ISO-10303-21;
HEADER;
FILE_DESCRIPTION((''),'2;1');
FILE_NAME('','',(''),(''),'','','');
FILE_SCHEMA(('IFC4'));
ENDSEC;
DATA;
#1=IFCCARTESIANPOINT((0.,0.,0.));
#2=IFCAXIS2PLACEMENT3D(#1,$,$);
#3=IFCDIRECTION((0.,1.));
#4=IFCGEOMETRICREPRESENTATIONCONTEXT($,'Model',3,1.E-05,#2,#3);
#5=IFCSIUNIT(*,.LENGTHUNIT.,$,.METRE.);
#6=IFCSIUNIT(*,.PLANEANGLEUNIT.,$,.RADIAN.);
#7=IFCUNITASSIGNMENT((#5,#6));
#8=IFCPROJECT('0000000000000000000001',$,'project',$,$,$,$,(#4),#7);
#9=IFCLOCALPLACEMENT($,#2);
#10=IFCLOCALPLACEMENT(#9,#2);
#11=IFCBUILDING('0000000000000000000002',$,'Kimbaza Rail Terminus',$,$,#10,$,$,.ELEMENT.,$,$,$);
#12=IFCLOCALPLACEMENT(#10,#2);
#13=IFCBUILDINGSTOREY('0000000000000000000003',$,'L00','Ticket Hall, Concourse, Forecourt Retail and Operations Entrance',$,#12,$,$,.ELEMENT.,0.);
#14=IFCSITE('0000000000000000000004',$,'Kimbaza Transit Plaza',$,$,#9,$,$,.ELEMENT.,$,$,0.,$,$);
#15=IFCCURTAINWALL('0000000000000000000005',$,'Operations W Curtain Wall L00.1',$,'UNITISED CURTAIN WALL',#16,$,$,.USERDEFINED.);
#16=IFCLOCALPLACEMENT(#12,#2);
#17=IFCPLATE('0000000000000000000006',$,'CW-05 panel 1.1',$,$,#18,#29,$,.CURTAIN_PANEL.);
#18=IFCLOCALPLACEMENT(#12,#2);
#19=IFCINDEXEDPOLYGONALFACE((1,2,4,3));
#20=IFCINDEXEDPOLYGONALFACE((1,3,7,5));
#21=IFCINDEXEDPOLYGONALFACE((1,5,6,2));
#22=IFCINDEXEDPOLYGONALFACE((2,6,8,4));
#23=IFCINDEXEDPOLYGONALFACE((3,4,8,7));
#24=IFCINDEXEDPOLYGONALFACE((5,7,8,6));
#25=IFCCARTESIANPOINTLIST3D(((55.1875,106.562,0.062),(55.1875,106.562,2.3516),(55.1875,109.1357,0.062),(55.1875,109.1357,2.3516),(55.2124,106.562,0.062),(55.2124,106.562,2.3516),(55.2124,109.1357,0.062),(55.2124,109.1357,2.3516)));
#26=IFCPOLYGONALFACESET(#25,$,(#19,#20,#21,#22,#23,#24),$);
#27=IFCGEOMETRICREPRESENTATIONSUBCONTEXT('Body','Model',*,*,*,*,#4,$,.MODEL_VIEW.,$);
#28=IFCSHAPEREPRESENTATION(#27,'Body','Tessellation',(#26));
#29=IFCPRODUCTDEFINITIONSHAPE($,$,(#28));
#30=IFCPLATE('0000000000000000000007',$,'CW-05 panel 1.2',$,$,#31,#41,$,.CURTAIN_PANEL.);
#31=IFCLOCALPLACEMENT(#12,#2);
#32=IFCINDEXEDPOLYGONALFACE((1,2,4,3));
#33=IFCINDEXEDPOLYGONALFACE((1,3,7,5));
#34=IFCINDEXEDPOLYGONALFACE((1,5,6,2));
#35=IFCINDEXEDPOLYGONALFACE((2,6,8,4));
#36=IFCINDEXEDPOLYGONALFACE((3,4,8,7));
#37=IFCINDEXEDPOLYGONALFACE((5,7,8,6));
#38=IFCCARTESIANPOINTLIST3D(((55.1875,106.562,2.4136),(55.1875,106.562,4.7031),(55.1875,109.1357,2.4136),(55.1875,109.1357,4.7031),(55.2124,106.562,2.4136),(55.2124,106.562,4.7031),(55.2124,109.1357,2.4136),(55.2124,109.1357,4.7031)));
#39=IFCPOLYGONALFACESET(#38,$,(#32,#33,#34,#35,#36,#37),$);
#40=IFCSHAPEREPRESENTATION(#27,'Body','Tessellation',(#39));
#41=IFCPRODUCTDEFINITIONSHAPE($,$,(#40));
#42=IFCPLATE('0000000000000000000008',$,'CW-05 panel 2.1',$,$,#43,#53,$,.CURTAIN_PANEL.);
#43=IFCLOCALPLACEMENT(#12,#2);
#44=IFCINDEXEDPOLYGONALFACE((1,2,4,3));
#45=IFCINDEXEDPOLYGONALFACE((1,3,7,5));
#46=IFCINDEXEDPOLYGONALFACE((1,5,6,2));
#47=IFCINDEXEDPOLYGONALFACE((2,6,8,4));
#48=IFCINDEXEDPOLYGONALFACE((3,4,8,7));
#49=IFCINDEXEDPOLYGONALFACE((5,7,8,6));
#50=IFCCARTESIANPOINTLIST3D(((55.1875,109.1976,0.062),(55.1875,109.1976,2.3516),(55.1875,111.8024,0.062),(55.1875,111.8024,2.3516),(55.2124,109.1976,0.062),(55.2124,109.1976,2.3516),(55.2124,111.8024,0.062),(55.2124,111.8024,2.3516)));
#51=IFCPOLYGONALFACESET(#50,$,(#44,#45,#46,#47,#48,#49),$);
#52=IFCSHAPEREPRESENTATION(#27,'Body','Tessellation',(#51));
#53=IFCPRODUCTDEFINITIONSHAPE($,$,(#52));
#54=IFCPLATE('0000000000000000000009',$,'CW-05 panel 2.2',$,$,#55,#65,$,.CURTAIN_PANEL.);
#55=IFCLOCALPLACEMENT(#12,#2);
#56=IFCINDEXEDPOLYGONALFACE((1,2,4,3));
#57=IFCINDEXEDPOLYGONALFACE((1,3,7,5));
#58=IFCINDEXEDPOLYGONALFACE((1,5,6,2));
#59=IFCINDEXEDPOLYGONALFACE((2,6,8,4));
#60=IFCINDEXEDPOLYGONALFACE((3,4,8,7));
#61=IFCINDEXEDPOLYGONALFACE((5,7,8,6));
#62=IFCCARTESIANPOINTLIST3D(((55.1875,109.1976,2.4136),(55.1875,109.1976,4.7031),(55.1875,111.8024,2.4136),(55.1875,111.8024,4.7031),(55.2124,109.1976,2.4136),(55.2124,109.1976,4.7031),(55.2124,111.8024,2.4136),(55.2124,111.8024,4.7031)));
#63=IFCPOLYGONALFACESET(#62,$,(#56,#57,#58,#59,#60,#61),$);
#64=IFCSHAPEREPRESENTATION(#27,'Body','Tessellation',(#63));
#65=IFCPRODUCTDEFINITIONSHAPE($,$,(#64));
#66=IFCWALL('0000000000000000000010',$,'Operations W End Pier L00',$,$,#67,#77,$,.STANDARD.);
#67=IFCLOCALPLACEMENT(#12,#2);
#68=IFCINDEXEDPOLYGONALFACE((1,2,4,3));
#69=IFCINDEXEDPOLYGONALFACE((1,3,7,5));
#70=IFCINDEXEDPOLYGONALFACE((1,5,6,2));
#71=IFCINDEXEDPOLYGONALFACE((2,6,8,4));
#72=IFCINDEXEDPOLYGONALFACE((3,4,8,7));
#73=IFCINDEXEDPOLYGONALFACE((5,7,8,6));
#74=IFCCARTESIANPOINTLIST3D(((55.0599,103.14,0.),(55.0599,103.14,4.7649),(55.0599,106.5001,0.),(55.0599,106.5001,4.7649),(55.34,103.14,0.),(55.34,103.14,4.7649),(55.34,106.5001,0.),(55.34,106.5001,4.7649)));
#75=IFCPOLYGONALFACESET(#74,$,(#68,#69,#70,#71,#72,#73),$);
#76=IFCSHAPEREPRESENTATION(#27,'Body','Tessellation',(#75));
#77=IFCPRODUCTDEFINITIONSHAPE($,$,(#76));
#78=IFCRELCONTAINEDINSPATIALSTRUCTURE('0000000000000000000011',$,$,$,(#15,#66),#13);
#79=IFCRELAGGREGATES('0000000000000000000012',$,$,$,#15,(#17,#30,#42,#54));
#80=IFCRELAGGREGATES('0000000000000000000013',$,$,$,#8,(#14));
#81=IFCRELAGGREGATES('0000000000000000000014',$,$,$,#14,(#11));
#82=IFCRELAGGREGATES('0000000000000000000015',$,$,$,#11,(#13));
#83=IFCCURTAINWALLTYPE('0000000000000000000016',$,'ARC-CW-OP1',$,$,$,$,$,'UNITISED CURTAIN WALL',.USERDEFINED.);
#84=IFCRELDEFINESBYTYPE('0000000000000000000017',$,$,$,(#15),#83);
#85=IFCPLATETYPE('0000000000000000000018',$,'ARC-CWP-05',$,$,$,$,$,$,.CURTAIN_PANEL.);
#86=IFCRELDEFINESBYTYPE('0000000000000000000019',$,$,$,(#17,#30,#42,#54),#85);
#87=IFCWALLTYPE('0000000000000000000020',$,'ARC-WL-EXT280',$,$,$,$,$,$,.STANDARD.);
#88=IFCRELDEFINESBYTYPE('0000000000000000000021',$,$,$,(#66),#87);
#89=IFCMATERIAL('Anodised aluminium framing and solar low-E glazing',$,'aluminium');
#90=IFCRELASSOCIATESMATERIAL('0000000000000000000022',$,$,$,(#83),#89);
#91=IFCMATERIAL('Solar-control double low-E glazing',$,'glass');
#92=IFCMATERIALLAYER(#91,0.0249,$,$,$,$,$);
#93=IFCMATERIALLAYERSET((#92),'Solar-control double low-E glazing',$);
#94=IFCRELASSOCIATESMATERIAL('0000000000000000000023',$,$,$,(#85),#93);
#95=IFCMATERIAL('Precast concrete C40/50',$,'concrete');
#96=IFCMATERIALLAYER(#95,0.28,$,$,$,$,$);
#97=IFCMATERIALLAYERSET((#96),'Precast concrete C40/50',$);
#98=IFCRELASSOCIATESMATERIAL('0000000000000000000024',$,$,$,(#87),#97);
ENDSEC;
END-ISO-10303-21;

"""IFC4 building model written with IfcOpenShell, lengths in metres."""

from ifc_helpers import new_model, si_unit, direction, frame, frame_2d, origin, origin_2d, place, context, subcontext, project, spatial, rectangle, extrude, material, layer, layer_set, type_object, element, aggregate, save


model = new_model("IFC4")

# Units and contexts
model_context = context("Model", 3, precision=1e-05, world=origin(), true_north=direction((0.0, 1.0)))
body_context = subcontext(model_context, "Body", "Model", "MODEL_VIEW")
ifc_project = project(units=[si_unit("LENGTHUNIT", "METRE"), si_unit("PLANEANGLEUNIT", "RADIAN")], contexts=[model_context])

# Site, building, storey
site_placement = place(None, origin())
site = spatial("IfcSite", under=ifc_project, at=site_placement, Name="Kimbaza Transit Plaza", CompositionType="ELEMENT", RefElevation=0.0)
building_placement = place(site_placement, origin())
building = spatial("IfcBuilding", under=site, at=building_placement, Name="Kimbaza Rail Terminus", CompositionType="ELEMENT")
storey_placement = place(building_placement, origin())
storey = spatial("IfcBuildingStorey", under=building, at=storey_placement, Name="L00", Description="Ticket Hall, Concourse, Forecourt Retail and Operations Entrance", CompositionType="ELEMENT", Elevation=0.0)

# Curtain wall
ifc_material_1 = material(Name="Anodised aluminium framing and solar low-E glazing", Category="aluminium")
curtain_wall_type = type_object("IfcCurtainWallType", Name="ARC-CW-OP1", ElementType="UNITISED CURTAIN WALL", PredefinedType="USERDEFINED", material=ifc_material_1)
curtain_wall_1_placement = place(storey_placement, origin())
curtain_wall_1 = element("IfcCurtainWall", 1, at=curtain_wall_1_placement, inside=storey, type_object=curtain_wall_type, Name="Operations W Curtain Wall L00.1", ObjectType="UNITISED CURTAIN WALL", PredefinedType="USERDEFINED")

# Plates
ifc_material_2 = material(Name="Solar-control double low-E glazing", Category="glass")
ifc_layer_1 = layer(ifc_material_2, 0.0249)
ifc_layer_set_1 = layer_set([ifc_layer_1], Name="Solar-control double low-E glazing")
plate_type = type_object("IfcPlateType", Name="ARC-CWP-05", PredefinedType="CURTAIN_PANEL", material=ifc_layer_set_1)
plate_1_placement = place(storey_placement, frame((55.2, 107.8489, 0.062), z_axis=(0.0, 0.0, 1.0), x_axis=(0.0, 1.0, 0.0)))
plate_1 = element("IfcPlate", 2, at=plate_1_placement, type_object=plate_type, Name="CW-05 panel 1.1", PredefinedType="CURTAIN_PANEL", context=body_context, shape_type="SweptSolid", body=[
    extrude(rectangle(XDim=2.5737, YDim=0.0249, at=origin_2d()), origin(), (0.0, 0.0, 1.0), 2.2896),
])
plate_2_placement = place(storey_placement, frame((55.2, 107.8489, 2.4136), z_axis=(0.0, 0.0, 1.0), x_axis=(0.0, 1.0, 0.0)))
plate_2 = element("IfcPlate", 3, at=plate_2_placement, type_object=plate_type, Name="CW-05 panel 1.2", PredefinedType="CURTAIN_PANEL", context=body_context, shape_type="SweptSolid", body=[
    extrude(rectangle(XDim=2.5737, YDim=0.0249, at=origin_2d()), origin(), (0.0, 0.0, 1.0), 2.2896),
])
plate_3_placement = place(storey_placement, frame((55.2, 110.5, 0.062), z_axis=(0.0, 0.0, 1.0), x_axis=(0.0, 1.0, 0.0)))
plate_3 = element("IfcPlate", 4, at=plate_3_placement, type_object=plate_type, Name="CW-05 panel 2.1", PredefinedType="CURTAIN_PANEL", context=body_context, shape_type="SweptSolid", body=[
    extrude(rectangle(XDim=2.6047, YDim=0.0249, at=origin_2d()), origin(), (0.0, 0.0, 1.0), 2.2896),
])
plate_4_placement = place(storey_placement, frame((55.2, 110.5, 2.4136), z_axis=(0.0, 0.0, 1.0), x_axis=(0.0, 1.0, 0.0)))
plate_4 = element("IfcPlate", 5, at=plate_4_placement, type_object=plate_type, Name="CW-05 panel 2.2", PredefinedType="CURTAIN_PANEL", context=body_context, shape_type="SweptSolid", body=[
    extrude(rectangle(XDim=2.6047, YDim=0.0249, at=origin_2d()), origin(), (0.0, 0.0, 1.0), 2.2896),
])
aggregate(curtain_wall_1, [plate_1, plate_2, plate_3, plate_4])

# Wall
ifc_material_3 = material(Name="Precast concrete C40/50", Category="concrete")
ifc_layer_2 = layer(ifc_material_3, 0.28)
ifc_layer_set_2 = layer_set([ifc_layer_2], Name="Precast concrete C40/50")
wall_type = type_object("IfcWallType", Name="ARC-WL-EXT280", PredefinedType="STANDARD", material=ifc_layer_set_2)
wall_placement = place(storey_placement, frame((55.2, 103.1399, 0.0), z_axis=(0.0, 0.0, 1.0), x_axis=(0.0, 1.0, 0.0)))
element("IfcWall", 6, at=wall_placement, inside=storey, type_object=wall_type, Name="Operations W End Pier L00", PredefinedType="STANDARD", context=body_context, shape_type="SweptSolid", body=[
    extrude(rectangle(XDim=3.3601, YDim=0.28, at=frame_2d((1.6802, 0.0))), origin(), (0.0, 0.0, 1.0), 4.7649),
])

save(model, "model.ifc")
